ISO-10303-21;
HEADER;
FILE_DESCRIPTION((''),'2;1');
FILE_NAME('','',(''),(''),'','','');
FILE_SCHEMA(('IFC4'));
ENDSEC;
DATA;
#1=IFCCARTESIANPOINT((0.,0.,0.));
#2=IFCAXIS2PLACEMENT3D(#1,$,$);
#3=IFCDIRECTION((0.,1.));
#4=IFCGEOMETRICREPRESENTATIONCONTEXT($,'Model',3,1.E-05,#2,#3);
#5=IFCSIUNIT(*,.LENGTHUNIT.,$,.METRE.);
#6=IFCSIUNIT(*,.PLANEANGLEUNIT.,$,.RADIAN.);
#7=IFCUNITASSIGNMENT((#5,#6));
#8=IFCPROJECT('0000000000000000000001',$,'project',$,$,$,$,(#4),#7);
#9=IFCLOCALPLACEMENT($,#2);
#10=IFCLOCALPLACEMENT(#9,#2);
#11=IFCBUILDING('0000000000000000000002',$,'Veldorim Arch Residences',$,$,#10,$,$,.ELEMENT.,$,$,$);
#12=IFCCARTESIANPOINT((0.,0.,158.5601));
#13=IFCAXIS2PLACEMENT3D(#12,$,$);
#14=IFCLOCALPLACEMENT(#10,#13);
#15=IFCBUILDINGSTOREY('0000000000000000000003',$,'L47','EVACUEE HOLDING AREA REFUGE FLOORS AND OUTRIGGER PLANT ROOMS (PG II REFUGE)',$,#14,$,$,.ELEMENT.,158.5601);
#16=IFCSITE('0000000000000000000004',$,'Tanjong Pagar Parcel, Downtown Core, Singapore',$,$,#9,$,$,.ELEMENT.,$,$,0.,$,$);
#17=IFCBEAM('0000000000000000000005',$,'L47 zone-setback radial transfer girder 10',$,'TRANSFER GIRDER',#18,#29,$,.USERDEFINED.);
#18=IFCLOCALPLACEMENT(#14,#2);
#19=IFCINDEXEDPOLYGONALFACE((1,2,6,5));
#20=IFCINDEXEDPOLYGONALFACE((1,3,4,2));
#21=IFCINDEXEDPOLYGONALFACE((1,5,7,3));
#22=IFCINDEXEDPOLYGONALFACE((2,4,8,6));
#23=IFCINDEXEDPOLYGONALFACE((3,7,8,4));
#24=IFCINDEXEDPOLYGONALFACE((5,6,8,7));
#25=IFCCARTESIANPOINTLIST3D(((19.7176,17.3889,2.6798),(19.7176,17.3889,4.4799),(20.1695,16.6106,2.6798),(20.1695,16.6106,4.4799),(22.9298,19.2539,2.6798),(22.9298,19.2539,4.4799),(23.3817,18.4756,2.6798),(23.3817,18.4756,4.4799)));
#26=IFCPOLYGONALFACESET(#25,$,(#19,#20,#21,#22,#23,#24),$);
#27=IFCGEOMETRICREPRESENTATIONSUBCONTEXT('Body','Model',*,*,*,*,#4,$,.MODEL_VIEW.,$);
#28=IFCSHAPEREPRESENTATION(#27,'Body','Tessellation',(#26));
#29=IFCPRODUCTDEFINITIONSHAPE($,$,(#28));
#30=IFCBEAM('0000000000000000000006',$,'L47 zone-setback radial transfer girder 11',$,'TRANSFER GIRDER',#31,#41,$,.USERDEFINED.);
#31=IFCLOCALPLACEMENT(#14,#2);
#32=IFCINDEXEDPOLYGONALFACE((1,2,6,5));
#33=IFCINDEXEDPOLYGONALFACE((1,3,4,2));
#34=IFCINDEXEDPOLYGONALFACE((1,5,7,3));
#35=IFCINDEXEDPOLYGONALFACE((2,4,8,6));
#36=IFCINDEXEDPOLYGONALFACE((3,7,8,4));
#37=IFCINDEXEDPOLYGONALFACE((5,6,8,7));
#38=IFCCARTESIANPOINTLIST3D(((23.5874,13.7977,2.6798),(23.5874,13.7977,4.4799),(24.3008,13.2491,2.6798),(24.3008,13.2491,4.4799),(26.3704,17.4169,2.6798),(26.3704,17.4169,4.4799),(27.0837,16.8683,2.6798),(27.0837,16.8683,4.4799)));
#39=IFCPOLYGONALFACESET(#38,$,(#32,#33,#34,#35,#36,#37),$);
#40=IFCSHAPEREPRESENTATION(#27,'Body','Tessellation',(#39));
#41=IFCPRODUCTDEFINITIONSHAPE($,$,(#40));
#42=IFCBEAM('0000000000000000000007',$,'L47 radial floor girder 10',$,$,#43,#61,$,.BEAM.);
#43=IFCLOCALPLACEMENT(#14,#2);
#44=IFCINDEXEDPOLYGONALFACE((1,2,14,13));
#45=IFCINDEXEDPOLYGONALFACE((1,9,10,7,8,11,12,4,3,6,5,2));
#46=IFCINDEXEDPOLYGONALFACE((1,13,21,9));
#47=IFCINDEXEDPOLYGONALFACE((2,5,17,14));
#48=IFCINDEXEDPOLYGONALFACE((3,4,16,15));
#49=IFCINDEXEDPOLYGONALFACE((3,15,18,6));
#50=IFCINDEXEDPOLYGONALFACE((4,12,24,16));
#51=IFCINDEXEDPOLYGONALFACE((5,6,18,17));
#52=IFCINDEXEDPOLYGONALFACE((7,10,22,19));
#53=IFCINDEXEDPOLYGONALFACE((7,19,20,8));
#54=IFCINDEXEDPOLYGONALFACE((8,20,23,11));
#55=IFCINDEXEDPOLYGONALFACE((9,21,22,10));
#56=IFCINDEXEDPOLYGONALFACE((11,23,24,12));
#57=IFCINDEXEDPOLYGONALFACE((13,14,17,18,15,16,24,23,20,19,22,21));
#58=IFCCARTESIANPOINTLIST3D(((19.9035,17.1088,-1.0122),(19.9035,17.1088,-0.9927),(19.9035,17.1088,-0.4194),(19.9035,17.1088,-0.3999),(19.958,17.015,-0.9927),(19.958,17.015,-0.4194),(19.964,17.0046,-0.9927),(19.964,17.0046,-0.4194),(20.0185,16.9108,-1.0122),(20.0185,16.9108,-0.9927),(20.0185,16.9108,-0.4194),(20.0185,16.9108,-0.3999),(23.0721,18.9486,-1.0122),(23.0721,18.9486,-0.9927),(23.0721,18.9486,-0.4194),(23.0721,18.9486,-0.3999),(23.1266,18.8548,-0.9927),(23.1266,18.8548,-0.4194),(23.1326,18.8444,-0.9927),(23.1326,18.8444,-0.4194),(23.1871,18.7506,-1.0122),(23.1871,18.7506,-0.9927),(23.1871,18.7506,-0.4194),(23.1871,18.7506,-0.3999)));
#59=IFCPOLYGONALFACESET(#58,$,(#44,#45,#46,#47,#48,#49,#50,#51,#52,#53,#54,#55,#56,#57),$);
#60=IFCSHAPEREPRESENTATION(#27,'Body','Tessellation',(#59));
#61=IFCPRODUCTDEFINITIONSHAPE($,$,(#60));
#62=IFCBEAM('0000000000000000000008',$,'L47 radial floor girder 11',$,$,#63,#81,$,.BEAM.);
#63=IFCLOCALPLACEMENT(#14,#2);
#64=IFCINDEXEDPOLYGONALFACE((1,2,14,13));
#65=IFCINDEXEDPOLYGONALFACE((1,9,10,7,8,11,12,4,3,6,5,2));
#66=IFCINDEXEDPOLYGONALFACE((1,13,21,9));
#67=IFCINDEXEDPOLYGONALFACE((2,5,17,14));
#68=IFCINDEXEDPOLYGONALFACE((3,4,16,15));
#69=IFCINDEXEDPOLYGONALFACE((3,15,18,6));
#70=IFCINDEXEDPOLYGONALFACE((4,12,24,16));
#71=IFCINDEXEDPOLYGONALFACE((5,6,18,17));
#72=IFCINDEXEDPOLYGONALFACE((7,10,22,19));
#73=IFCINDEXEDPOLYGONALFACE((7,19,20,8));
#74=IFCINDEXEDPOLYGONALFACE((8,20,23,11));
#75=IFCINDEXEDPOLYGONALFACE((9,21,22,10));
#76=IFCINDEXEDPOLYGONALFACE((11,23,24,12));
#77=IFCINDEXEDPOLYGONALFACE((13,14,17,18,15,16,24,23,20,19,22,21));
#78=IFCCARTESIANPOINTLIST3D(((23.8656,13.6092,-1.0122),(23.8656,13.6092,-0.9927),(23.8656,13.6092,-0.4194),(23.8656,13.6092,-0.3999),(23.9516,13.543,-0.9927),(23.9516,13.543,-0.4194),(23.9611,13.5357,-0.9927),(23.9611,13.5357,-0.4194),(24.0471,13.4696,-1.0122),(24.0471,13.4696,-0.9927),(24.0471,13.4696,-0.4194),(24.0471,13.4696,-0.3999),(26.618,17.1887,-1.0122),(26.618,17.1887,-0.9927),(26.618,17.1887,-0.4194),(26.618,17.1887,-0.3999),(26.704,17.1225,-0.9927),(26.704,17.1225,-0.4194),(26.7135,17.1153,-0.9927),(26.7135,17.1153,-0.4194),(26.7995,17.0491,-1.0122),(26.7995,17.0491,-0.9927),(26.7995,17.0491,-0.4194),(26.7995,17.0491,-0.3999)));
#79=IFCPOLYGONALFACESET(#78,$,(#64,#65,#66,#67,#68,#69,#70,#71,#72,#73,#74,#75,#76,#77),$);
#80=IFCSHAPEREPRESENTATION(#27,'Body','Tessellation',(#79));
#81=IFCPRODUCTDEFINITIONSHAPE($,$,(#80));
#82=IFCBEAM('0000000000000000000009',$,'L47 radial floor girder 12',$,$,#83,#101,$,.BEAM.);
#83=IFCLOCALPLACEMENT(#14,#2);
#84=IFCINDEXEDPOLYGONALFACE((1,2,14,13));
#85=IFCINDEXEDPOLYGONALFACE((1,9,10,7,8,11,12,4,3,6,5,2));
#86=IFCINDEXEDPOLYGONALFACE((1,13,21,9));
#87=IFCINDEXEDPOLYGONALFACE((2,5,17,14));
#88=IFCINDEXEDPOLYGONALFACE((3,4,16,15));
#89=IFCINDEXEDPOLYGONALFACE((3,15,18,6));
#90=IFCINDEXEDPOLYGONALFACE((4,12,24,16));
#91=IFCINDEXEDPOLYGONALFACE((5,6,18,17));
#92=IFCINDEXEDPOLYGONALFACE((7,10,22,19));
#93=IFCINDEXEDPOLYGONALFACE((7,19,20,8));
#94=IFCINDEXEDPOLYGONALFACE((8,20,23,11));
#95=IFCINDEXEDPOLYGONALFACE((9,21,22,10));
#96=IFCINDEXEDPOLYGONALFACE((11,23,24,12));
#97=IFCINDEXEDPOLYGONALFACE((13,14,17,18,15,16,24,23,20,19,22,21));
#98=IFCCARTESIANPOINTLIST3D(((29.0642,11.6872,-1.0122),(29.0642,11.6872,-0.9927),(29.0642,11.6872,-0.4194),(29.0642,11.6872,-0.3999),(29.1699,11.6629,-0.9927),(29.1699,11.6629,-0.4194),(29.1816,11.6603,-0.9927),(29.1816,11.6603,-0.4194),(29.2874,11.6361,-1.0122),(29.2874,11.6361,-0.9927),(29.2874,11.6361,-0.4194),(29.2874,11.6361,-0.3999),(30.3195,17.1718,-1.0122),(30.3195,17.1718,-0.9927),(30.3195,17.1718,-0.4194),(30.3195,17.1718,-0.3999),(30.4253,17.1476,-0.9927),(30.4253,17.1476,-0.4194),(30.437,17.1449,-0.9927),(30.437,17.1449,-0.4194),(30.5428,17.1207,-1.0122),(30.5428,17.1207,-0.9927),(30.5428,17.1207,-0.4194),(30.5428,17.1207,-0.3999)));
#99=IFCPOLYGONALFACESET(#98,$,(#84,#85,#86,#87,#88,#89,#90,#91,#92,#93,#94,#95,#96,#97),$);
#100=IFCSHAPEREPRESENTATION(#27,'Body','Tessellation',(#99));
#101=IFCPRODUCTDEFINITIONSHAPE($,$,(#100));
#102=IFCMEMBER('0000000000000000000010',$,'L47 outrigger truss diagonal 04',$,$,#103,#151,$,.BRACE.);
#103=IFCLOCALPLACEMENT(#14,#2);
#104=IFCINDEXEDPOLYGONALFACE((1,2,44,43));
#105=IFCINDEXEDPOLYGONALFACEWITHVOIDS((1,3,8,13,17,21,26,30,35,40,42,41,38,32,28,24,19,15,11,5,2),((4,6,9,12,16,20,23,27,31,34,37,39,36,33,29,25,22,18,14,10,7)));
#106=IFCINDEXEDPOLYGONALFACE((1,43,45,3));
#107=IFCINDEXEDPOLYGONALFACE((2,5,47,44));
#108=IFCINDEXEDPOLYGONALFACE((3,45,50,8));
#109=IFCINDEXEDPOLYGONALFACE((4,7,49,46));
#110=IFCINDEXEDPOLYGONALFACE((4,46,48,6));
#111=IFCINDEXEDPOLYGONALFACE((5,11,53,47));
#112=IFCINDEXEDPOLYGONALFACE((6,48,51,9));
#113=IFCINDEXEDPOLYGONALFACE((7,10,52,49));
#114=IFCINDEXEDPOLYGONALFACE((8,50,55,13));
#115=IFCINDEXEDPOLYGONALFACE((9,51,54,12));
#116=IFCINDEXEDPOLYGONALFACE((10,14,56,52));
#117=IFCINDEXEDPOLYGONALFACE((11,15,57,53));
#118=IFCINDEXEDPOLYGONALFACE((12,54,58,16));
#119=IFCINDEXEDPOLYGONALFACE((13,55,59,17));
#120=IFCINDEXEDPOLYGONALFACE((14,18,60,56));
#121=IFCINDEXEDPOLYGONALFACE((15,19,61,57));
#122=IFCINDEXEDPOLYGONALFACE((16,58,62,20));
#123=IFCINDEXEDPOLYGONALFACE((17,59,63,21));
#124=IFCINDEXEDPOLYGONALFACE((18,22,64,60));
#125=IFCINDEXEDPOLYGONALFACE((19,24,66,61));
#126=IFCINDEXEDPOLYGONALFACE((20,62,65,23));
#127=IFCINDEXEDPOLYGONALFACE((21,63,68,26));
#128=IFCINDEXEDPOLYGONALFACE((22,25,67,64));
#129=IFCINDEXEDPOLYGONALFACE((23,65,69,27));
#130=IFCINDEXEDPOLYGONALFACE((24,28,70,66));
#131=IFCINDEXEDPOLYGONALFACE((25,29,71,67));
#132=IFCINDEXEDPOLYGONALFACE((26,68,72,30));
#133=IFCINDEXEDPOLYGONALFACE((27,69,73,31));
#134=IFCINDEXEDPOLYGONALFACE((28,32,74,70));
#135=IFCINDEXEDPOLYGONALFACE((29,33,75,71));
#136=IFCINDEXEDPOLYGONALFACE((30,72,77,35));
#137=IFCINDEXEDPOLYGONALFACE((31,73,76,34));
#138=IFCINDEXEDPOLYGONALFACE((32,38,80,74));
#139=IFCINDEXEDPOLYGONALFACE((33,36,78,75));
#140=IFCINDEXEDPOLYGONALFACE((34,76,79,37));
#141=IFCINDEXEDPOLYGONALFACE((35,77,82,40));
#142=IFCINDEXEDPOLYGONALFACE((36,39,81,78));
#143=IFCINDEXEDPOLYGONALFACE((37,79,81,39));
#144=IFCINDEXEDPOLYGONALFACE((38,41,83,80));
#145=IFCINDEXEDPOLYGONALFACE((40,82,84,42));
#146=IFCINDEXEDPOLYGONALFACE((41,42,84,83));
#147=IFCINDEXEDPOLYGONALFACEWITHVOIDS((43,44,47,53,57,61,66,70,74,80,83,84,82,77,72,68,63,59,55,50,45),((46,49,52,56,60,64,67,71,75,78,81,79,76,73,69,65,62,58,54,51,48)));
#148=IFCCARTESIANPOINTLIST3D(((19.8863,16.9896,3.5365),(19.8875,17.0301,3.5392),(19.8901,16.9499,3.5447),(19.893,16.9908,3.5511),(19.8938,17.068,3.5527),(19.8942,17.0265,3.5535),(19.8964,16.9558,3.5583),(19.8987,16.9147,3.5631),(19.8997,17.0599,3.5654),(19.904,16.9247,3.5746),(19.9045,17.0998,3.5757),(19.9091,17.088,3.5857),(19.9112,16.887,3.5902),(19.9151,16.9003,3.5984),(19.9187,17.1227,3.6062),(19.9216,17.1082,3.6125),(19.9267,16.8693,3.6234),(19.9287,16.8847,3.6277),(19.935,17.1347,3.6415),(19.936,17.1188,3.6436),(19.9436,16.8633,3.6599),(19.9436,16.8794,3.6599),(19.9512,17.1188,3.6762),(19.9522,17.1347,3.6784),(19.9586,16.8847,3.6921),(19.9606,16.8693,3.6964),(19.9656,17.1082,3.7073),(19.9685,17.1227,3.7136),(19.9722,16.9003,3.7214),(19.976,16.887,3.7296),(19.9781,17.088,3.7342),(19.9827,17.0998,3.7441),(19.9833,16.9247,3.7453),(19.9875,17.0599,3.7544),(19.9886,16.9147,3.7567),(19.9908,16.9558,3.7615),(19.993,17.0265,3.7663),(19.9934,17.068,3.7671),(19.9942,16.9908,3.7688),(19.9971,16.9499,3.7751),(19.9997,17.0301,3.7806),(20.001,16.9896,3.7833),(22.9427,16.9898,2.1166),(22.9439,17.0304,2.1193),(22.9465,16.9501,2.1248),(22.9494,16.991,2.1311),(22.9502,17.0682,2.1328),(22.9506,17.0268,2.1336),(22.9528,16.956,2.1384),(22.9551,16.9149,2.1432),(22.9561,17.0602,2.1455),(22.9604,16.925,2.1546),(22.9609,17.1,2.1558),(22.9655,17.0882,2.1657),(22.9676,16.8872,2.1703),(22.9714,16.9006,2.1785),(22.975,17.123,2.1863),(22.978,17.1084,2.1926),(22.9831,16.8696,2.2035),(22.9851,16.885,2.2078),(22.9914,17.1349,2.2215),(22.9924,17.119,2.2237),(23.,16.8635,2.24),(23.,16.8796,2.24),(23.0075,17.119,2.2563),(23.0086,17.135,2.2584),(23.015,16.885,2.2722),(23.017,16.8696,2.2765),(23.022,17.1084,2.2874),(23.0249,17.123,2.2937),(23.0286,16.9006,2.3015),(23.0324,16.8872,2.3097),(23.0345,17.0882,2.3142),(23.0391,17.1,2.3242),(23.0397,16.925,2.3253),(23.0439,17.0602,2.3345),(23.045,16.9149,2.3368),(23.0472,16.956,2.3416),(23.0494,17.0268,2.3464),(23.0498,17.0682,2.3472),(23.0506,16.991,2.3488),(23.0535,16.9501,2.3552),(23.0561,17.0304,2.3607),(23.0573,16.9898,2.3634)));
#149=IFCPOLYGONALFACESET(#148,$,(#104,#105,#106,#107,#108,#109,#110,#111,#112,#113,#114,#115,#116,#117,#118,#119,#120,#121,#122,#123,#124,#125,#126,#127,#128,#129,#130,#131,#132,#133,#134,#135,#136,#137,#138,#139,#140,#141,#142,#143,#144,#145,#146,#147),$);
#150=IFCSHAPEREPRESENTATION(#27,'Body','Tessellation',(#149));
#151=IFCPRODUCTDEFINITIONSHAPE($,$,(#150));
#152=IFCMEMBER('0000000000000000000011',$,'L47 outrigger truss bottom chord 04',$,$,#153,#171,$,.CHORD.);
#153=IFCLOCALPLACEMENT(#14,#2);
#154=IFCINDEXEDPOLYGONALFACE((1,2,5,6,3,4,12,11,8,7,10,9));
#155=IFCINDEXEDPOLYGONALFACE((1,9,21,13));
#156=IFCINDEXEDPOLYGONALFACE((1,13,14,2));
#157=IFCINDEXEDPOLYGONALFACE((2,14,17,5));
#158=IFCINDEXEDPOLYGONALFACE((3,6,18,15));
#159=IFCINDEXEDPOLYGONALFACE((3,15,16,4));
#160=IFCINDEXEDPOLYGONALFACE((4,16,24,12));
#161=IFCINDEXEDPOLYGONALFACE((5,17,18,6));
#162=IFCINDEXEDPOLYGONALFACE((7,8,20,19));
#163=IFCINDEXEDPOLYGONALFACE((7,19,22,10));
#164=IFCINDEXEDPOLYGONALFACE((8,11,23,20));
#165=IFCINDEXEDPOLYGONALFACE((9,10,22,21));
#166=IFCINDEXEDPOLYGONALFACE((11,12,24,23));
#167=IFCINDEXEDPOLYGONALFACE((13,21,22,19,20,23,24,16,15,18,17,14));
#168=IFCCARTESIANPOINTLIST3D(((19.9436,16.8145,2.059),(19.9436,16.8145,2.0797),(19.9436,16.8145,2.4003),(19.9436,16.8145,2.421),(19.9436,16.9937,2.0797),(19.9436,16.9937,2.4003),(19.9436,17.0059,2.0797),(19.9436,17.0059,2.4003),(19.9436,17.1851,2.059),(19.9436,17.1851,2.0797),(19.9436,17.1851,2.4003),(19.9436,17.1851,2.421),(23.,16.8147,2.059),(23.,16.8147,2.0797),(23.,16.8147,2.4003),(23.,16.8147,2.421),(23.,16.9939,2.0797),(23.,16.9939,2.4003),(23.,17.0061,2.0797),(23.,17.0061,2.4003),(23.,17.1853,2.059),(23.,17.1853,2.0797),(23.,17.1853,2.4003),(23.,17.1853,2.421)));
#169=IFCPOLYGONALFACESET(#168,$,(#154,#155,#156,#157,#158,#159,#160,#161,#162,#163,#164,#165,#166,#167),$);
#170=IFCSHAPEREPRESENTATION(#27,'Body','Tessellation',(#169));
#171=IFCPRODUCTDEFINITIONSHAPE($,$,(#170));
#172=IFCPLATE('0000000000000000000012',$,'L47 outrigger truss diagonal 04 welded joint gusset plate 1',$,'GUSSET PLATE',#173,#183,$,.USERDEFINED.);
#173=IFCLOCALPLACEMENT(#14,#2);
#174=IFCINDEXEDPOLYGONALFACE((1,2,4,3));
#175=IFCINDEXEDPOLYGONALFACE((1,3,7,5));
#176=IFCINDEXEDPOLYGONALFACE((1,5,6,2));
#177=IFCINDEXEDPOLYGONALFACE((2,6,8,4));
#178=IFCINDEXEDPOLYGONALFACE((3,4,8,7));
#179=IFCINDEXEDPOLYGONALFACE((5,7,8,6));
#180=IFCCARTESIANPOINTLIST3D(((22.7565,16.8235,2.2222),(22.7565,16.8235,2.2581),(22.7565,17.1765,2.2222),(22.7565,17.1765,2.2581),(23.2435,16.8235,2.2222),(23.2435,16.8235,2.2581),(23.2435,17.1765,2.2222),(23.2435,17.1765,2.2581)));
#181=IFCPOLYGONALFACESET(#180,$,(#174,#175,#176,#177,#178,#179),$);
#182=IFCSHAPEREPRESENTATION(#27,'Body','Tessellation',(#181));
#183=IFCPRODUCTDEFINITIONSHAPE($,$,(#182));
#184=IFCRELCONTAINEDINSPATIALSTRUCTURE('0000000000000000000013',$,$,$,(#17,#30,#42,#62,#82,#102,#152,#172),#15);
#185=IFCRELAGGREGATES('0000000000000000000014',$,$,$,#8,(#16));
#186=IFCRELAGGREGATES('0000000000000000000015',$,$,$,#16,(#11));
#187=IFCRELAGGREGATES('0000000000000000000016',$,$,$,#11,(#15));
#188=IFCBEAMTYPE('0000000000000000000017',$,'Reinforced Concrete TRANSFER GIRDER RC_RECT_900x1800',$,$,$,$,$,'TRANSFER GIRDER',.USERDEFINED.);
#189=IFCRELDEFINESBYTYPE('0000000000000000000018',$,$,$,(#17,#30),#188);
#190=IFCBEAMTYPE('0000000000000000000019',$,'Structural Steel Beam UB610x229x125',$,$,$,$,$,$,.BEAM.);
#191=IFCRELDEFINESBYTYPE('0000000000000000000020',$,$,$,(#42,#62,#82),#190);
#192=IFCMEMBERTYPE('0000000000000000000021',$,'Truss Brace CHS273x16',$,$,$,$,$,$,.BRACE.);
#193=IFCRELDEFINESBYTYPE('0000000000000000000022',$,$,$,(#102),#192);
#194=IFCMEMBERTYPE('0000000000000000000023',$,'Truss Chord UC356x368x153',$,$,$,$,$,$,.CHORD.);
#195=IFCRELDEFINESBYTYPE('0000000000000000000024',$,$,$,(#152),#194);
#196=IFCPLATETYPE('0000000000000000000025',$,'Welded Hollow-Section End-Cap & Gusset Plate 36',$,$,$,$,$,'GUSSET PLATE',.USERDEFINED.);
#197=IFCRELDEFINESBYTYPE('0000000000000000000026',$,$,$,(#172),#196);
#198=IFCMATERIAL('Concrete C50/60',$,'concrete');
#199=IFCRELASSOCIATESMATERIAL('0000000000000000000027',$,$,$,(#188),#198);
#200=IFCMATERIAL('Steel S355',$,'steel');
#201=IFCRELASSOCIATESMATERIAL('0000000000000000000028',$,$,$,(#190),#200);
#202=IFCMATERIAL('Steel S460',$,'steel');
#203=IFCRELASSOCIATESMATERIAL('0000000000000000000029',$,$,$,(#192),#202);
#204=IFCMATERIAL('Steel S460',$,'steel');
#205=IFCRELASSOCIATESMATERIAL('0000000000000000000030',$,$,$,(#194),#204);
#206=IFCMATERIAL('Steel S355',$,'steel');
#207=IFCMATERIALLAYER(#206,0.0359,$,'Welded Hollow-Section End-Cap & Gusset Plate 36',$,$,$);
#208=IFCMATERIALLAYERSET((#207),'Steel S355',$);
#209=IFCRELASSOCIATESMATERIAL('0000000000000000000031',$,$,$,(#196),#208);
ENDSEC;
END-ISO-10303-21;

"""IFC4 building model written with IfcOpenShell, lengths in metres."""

from ifc_helpers import new_model, si_unit, direction, frame, origin, origin_2d, place, context, subcontext, project, spatial, rectangle, hollow_circle, i_section, extrude, material, layer, layer_set, material_profile, profile_set, type_object, element, save


model = new_model("IFC4")

# Units and contexts
model_context = context("Model", 3, precision=1e-05, world=origin(), true_north=direction((0.0, 1.0)))
body_context = subcontext(model_context, "Body", "Model", "MODEL_VIEW")
ifc_project = project(units=[si_unit("LENGTHUNIT", "METRE"), si_unit("PLANEANGLEUNIT", "RADIAN")], contexts=[model_context])

# Site, building, storey
site_placement = place(None, origin())
site = spatial("IfcSite", under=ifc_project, at=site_placement, Name="Tanjong Pagar Parcel, Downtown Core, Singapore", CompositionType="ELEMENT", RefElevation=0.0)
building_placement = place(site_placement, origin())
building = spatial("IfcBuilding", under=site, at=building_placement, Name="Veldorim Arch Residences", CompositionType="ELEMENT")
storey_placement = place(building_placement, frame((0.0, 0.0, 158.5601)))
storey = spatial("IfcBuildingStorey", under=building, at=storey_placement, Name="L47", Description="EVACUEE HOLDING AREA REFUGE FLOORS AND OUTRIGGER PLANT ROOMS (PG II REFUGE)", CompositionType="ELEMENT", Elevation=158.5601)

# Beams
ifc_material_1 = material(Name="Concrete C50/60", Category="concrete")
ifc_material_profile_1 = material_profile(ifc_material_1, rectangle(XDim=0.8999, YDim=1.8, at=origin_2d()), Name="RC_RECT_900x1800")
ifc_profile_set_1 = profile_set([ifc_material_profile_1], Name="Concrete C50/60")
beam_type_1 = type_object("IfcBeamType", Name="Reinforced Concrete TRANSFER GIRDER RC_RECT_900x1800", ElementType="TRANSFER GIRDER", PredefinedType="USERDEFINED", material=ifc_profile_set_1)
beam_1_placement = place(storey_placement, frame((23.1558, 18.8647, 3.5798), z_axis=(-0.864805, -0.502109, 0.0), x_axis=(0.502109, -0.864805, 0.0)))
element("IfcBeam", 1, at=beam_1_placement, inside=storey, type_object=beam_type_1, Name="L47 zone-setback radial transfer girder 10", ObjectType="TRANSFER GIRDER", PredefinedType="USERDEFINED", context=body_context, shape_type="SweptSolid", body=[
    extrude(rectangle(XDim=0.8999, YDim=1.8, at=origin_2d()), origin(), (0.0, 0.0, 1.0), 3.7144),
])
beam_2_placement = place(storey_placement, frame((26.7271, 17.1426, 3.5798), z_axis=(-0.609574, -0.792729, 0.0), x_axis=(0.792729, -0.609574, 0.0)))
element("IfcBeam", 2, at=beam_2_placement, inside=storey, type_object=beam_type_1, Name="L47 zone-setback radial transfer girder 11", ObjectType="TRANSFER GIRDER", PredefinedType="USERDEFINED", context=body_context, shape_type="SweptSolid", body=[
    extrude(rectangle(XDim=0.8999, YDim=1.8, at=origin_2d()), origin(), (0.0, 0.0, 1.0), 4.5654),
])
ifc_material_2 = material(Name="Steel S355", Category="steel")
ifc_material_profile_2 = material_profile(ifc_material_2, i_section(OverallWidth=0.229, OverallDepth=0.6123, WebThickness=0.012, FlangeThickness=0.0195, at=origin_2d()), Name="UB610x229x125")
ifc_profile_set_2 = profile_set([ifc_material_profile_2], Name="Steel S355")
beam_type_2 = type_object("IfcBeamType", Name="Structural Steel Beam UB610x229x125", PredefinedType="BEAM", material=ifc_profile_set_2)
beam_3_placement = place(storey_placement, frame((23.1296, 18.8496, -0.7061), z_axis=(-0.864795, -0.502126, 0.0), x_axis=(0.502126, -0.864795, 0.0)))
element("IfcBeam", 3, at=beam_3_placement, inside=storey, type_object=beam_type_2, Name="L47 radial floor girder 10", PredefinedType="BEAM", context=body_context, shape_type="SweptSolid", body=[
    extrude(i_section(OverallWidth=0.229, OverallDepth=0.6123, WebThickness=0.012, FlangeThickness=0.0195, at=origin_2d()), origin(), (0.0, 0.0, 1.0), 3.6641),
])
beam_4_placement = place(storey_placement, frame((26.7087, 17.1189, -0.7061), z_axis=(-0.609559, -0.792741, 0.0), x_axis=(0.792741, -0.609559, 0.0)))
element("IfcBeam", 4, at=beam_4_placement, inside=storey, type_object=beam_type_2, Name="L47 radial floor girder 11", PredefinedType="BEAM", context=body_context, shape_type="SweptSolid", body=[
    extrude(i_section(OverallWidth=0.229, OverallDepth=0.6123, WebThickness=0.012, FlangeThickness=0.0195, at=origin_2d()), origin(), (0.0, 0.0, 1.0), 4.5154),
])
beam_5_placement = place(storey_placement, frame((30.4312, 17.1462, -0.7061), z_axis=(-0.223119, -0.974791, 0.0), x_axis=(0.974791, -0.223119, 0.0)))
element("IfcBeam", 5, at=beam_5_placement, inside=storey, type_object=beam_type_2, Name="L47 radial floor girder 12", PredefinedType="BEAM", context=body_context, shape_type="SweptSolid", body=[
    extrude(i_section(OverallWidth=0.229, OverallDepth=0.6123, WebThickness=0.012, FlangeThickness=0.0195, at=origin_2d()), origin(), (0.0, 0.0, 1.0), 5.6265),
])

# Members
ifc_material_3 = material(Name="Steel S460", Category="steel")
ifc_material_profile_3 = material_profile(ifc_material_3, hollow_circle(Radius=0.1365, WallThickness=0.0161, at=origin_2d()), Name="CHS273x16")
ifc_profile_set_3 = profile_set([ifc_material_profile_3], Name="Steel S460")
member_type_1 = type_object("IfcMemberType", Name="Truss Brace CHS273x16", PredefinedType="BRACE", material=ifc_profile_set_3)
member_1_placement = place(storey_placement, frame((23.0, 17.0, 2.24), z_axis=(-0.906909, -0.000072, 0.421326), x_axis=(0.00008, -1.0, 0.0)))
element("IfcMember", 6, at=member_1_placement, inside=storey, type_object=member_type_1, Name="L47 outrigger truss diagonal 04", PredefinedType="BRACE", context=body_context, shape_type="SweptSolid", body=[
    extrude(hollow_circle(Radius=0.1365, WallThickness=0.0161, at=origin_2d()), origin(), (0.0, 0.0, 1.0), 3.3701),
])
ifc_material_4 = material(Name="Steel S460", Category="steel")
ifc_material_profile_4 = material_profile(ifc_material_4, i_section(OverallWidth=0.3706, OverallDepth=0.3621, WebThickness=0.0122, FlangeThickness=0.0208, at=origin_2d()), Name="UC356x368x153")
ifc_profile_set_4 = profile_set([ifc_material_profile_4], Name="Steel S460")
member_type_2 = type_object("IfcMemberType", Name="Truss Chord UC356x368x153", PredefinedType="CHORD", material=ifc_profile_set_4)
member_2_placement = place(storey_placement, frame((23.0, 17.0, 2.24), z_axis=(-1.0, -0.00008, 0.0), x_axis=(0.00008, -1.0, 0.0)))
element("IfcMember", 7, at=member_2_placement, inside=storey, type_object=member_type_2, Name="L47 outrigger truss bottom chord 04", PredefinedType="CHORD", context=body_context, shape_type="SweptSolid", body=[
    extrude(i_section(OverallWidth=0.3706, OverallDepth=0.3621, WebThickness=0.0122, FlangeThickness=0.0208, at=origin_2d()), origin(), (0.0, 0.0, 1.0), 3.0564),
])

# Plate
ifc_material_5 = material(Name="Steel S355", Category="steel")
ifc_layer_1 = layer(ifc_material_5, 0.0359, Name="Welded Hollow-Section End-Cap & Gusset Plate 36")
ifc_layer_set_1 = layer_set([ifc_layer_1], Name="Steel S355")
plate_type = type_object("IfcPlateType", Name="Welded Hollow-Section End-Cap & Gusset Plate 36", ElementType="GUSSET PLATE", PredefinedType="USERDEFINED", material=ifc_layer_set_1)
plate_placement = place(storey_placement, frame((23.0, 17.0, 2.2222), z_axis=(0.0, 0.0, 1.0), x_axis=(-1.0, -0.00007, 0.0)))
element("IfcPlate", 8, at=plate_placement, inside=storey, type_object=plate_type, Name="L47 outrigger truss diagonal 04 welded joint gusset plate 1", ObjectType="GUSSET PLATE", PredefinedType="USERDEFINED", context=body_context, shape_type="SweptSolid", body=[
    extrude(rectangle(XDim=0.4871, YDim=0.353, at=origin_2d()), origin(), (0.0, 0.0, 1.0), 0.0359),
])

save(model, "model.ifc")
